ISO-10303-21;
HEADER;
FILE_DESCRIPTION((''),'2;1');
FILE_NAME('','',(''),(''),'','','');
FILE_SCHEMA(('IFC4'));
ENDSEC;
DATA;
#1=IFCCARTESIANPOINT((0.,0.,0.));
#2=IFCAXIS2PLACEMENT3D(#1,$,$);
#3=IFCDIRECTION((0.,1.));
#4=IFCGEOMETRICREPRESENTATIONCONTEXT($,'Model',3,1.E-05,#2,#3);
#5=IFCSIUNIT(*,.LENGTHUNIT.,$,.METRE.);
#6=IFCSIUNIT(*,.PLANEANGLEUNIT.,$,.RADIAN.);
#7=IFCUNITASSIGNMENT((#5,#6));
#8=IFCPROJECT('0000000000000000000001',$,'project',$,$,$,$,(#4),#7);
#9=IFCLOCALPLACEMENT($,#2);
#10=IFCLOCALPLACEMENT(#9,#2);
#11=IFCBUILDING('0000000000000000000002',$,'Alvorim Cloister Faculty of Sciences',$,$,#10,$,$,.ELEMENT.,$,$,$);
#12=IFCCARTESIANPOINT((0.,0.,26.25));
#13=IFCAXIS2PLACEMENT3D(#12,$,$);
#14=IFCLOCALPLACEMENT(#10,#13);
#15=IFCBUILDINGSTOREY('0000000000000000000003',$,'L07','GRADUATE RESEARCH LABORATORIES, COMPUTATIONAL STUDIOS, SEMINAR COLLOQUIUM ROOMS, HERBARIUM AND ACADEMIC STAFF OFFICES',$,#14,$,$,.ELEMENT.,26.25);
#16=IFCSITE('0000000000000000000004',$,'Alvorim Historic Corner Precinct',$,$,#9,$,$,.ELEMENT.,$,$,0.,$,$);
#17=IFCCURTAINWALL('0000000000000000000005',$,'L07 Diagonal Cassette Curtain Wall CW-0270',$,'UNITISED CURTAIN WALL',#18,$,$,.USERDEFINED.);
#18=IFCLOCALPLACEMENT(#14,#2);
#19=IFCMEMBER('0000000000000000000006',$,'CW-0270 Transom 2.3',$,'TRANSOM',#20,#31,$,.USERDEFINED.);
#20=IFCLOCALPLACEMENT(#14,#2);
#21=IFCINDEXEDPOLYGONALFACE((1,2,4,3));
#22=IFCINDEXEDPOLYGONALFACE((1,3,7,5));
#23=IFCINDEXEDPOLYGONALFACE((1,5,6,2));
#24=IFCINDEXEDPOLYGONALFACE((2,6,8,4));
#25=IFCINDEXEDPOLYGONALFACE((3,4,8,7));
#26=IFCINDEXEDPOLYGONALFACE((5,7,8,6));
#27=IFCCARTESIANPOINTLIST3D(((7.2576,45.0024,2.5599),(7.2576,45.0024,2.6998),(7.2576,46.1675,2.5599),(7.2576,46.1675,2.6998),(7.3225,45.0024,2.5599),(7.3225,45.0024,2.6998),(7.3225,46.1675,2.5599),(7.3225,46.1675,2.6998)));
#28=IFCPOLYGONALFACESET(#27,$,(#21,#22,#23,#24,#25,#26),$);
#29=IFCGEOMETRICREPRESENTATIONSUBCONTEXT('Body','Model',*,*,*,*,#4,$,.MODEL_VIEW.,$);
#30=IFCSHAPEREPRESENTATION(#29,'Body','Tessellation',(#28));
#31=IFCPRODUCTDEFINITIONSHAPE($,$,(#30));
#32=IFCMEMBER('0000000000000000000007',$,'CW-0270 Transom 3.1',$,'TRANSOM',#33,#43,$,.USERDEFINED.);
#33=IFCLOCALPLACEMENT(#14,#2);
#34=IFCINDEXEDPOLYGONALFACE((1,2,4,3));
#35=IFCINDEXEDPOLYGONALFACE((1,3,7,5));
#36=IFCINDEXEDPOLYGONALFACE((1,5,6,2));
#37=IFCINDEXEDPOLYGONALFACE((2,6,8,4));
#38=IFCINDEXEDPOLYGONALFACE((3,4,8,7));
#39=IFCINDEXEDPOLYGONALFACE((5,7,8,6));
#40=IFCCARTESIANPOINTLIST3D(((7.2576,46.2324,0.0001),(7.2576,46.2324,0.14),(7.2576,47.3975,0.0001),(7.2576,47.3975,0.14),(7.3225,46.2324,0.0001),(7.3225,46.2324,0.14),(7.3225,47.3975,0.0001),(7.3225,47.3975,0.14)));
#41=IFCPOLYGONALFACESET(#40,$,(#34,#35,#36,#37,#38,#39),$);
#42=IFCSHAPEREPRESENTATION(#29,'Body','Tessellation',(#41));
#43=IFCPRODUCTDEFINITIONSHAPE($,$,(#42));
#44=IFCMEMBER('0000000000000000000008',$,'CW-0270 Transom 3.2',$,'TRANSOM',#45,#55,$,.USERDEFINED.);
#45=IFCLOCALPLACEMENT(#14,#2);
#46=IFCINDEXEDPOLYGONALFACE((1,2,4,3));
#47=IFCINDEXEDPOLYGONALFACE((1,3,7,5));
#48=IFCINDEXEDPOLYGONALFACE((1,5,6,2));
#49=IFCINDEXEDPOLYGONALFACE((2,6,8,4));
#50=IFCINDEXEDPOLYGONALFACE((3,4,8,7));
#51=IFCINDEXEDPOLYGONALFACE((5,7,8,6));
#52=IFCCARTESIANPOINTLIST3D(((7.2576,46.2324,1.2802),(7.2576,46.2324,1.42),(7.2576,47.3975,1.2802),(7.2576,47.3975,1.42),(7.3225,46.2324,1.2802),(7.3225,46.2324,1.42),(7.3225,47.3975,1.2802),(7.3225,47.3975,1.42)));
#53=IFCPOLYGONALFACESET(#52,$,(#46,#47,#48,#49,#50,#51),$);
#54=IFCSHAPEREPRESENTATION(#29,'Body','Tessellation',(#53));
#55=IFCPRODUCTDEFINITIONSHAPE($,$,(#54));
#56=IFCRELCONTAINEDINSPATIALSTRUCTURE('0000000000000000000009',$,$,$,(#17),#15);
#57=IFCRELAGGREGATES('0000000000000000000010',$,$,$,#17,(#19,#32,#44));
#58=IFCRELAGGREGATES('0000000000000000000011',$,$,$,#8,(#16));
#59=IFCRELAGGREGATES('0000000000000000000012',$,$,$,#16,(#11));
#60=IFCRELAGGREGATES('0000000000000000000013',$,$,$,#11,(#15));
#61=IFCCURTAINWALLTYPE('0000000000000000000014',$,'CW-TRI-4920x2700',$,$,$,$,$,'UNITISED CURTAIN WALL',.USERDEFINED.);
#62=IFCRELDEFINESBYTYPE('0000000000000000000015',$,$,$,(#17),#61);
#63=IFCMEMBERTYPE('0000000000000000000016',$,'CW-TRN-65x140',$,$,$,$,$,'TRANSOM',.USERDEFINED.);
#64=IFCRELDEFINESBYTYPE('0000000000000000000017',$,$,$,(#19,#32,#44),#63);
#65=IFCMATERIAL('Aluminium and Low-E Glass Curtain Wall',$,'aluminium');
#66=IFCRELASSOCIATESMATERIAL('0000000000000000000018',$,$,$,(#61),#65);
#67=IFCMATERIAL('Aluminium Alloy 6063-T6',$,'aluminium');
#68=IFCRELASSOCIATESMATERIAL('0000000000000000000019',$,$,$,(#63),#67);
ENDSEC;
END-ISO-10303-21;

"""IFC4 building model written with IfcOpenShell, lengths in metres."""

from ifc_helpers import new_model, si_unit, direction, frame, origin, origin_2d, place, context, subcontext, project, spatial, rectangle, extrude, material, material_profile, profile_set, type_object, element, aggregate, save


model = new_model("IFC4")

# Units and contexts
model_context = context("Model", 3, precision=1e-05, world=origin(), true_north=direction((0.0, 1.0)))
body_context = subcontext(model_context, "Body", "Model", "MODEL_VIEW")
ifc_project = project(units=[si_unit("LENGTHUNIT", "METRE"), si_unit("PLANEANGLEUNIT", "RADIAN")], contexts=[model_context])

# Site, building, storey
site_placement = place(None, origin())
site = spatial("IfcSite", under=ifc_project, at=site_placement, Name="Alvorim Historic Corner Precinct", CompositionType="ELEMENT", RefElevation=0.0)
building_placement = place(site_placement, origin())
building = spatial("IfcBuilding", under=site, at=building_placement, Name="Alvorim Cloister Faculty of Sciences", CompositionType="ELEMENT")
storey_placement = place(building_placement, frame((0.0, 0.0, 26.25)))
storey = spatial("IfcBuildingStorey", under=building, at=storey_placement, Name="L07", Description="GRADUATE RESEARCH LABORATORIES, COMPUTATIONAL STUDIOS, SEMINAR COLLOQUIUM ROOMS, HERBARIUM AND ACADEMIC STAFF OFFICES", CompositionType="ELEMENT", Elevation=26.25)

# Curtain wall
ifc_material_1 = material(Name="Aluminium and Low-E Glass Curtain Wall", Category="aluminium")
ifc_material_2 = material(Name="Aluminium Alloy 6063-T6", Category="aluminium")
curtain_wall_type_1 = type_object("IfcCurtainWallType", Name="CW-TRI-4920x2700", ElementType="UNITISED CURTAIN WALL", PredefinedType="USERDEFINED", material=ifc_material_1)
curtain_wall_1_placement = place(storey_placement, origin())
curtain_wall_1 = element("IfcCurtainWall", 1, at=curtain_wall_1_placement, inside=storey, type_object=curtain_wall_type_1, Name="L07 Diagonal Cassette Curtain Wall CW-0270", ObjectType="UNITISED CURTAIN WALL", PredefinedType="USERDEFINED")

# Members
ifc_material_profile_1 = material_profile(ifc_material_2, rectangle(XDim=0.0649, YDim=0.1399, at=origin_2d()), Name="ALU-TRN-65x140")
ifc_profile_set_1 = profile_set([ifc_material_profile_1], Name="Aluminium Alloy 6063-T6")
member_type_1 = type_object("IfcMemberType", Name="CW-TRN-65x140", ElementType="TRANSOM", PredefinedType="USERDEFINED", material=ifc_profile_set_1)
member_1_placement = place(storey_placement, frame((7.29, 45.0024, 2.6299), z_axis=(0.0, 1.0, 0.0), x_axis=(-1.0, 0.0, 0.0)))
member_1 = element("IfcMember", 2, at=member_1_placement, type_object=member_type_1, Name="CW-0270 Transom 2.3", ObjectType="TRANSOM", PredefinedType="USERDEFINED", context=body_context, shape_type="SweptSolid", body=[
    extrude(rectangle(XDim=0.0649, YDim=0.1399, at=origin_2d()), origin(), (0.0, 0.0, 1.0), 1.165),
])
member_2_placement = place(storey_placement, frame((7.29, 46.2324, 0.0701), z_axis=(0.0, 1.0, 0.0), x_axis=(-1.0, 0.0, 0.0)))
member_2 = element("IfcMember", 3, at=member_2_placement, type_object=member_type_1, Name="CW-0270 Transom 3.1", ObjectType="TRANSOM", PredefinedType="USERDEFINED", context=body_context, shape_type="SweptSolid", body=[
    extrude(rectangle(XDim=0.0649, YDim=0.1399, at=origin_2d()), origin(), (0.0, 0.0, 1.0), 1.165),
])
member_3_placement = place(storey_placement, frame((7.29, 46.2324, 1.3501), z_axis=(0.0, 1.0, 0.0), x_axis=(-1.0, 0.0, 0.0)))
member_3 = element("IfcMember", 4, at=member_3_placement, type_object=member_type_1, Name="CW-0270 Transom 3.2", ObjectType="TRANSOM", PredefinedType="USERDEFINED", context=body_context, shape_type="SweptSolid", body=[
    extrude(rectangle(XDim=0.0649, YDim=0.1399, at=origin_2d()), origin(), (0.0, 0.0, 1.0), 1.165),
])
aggregate(curtain_wall_1, [member_1, member_2, member_3])

save(model, "model.ifc")
